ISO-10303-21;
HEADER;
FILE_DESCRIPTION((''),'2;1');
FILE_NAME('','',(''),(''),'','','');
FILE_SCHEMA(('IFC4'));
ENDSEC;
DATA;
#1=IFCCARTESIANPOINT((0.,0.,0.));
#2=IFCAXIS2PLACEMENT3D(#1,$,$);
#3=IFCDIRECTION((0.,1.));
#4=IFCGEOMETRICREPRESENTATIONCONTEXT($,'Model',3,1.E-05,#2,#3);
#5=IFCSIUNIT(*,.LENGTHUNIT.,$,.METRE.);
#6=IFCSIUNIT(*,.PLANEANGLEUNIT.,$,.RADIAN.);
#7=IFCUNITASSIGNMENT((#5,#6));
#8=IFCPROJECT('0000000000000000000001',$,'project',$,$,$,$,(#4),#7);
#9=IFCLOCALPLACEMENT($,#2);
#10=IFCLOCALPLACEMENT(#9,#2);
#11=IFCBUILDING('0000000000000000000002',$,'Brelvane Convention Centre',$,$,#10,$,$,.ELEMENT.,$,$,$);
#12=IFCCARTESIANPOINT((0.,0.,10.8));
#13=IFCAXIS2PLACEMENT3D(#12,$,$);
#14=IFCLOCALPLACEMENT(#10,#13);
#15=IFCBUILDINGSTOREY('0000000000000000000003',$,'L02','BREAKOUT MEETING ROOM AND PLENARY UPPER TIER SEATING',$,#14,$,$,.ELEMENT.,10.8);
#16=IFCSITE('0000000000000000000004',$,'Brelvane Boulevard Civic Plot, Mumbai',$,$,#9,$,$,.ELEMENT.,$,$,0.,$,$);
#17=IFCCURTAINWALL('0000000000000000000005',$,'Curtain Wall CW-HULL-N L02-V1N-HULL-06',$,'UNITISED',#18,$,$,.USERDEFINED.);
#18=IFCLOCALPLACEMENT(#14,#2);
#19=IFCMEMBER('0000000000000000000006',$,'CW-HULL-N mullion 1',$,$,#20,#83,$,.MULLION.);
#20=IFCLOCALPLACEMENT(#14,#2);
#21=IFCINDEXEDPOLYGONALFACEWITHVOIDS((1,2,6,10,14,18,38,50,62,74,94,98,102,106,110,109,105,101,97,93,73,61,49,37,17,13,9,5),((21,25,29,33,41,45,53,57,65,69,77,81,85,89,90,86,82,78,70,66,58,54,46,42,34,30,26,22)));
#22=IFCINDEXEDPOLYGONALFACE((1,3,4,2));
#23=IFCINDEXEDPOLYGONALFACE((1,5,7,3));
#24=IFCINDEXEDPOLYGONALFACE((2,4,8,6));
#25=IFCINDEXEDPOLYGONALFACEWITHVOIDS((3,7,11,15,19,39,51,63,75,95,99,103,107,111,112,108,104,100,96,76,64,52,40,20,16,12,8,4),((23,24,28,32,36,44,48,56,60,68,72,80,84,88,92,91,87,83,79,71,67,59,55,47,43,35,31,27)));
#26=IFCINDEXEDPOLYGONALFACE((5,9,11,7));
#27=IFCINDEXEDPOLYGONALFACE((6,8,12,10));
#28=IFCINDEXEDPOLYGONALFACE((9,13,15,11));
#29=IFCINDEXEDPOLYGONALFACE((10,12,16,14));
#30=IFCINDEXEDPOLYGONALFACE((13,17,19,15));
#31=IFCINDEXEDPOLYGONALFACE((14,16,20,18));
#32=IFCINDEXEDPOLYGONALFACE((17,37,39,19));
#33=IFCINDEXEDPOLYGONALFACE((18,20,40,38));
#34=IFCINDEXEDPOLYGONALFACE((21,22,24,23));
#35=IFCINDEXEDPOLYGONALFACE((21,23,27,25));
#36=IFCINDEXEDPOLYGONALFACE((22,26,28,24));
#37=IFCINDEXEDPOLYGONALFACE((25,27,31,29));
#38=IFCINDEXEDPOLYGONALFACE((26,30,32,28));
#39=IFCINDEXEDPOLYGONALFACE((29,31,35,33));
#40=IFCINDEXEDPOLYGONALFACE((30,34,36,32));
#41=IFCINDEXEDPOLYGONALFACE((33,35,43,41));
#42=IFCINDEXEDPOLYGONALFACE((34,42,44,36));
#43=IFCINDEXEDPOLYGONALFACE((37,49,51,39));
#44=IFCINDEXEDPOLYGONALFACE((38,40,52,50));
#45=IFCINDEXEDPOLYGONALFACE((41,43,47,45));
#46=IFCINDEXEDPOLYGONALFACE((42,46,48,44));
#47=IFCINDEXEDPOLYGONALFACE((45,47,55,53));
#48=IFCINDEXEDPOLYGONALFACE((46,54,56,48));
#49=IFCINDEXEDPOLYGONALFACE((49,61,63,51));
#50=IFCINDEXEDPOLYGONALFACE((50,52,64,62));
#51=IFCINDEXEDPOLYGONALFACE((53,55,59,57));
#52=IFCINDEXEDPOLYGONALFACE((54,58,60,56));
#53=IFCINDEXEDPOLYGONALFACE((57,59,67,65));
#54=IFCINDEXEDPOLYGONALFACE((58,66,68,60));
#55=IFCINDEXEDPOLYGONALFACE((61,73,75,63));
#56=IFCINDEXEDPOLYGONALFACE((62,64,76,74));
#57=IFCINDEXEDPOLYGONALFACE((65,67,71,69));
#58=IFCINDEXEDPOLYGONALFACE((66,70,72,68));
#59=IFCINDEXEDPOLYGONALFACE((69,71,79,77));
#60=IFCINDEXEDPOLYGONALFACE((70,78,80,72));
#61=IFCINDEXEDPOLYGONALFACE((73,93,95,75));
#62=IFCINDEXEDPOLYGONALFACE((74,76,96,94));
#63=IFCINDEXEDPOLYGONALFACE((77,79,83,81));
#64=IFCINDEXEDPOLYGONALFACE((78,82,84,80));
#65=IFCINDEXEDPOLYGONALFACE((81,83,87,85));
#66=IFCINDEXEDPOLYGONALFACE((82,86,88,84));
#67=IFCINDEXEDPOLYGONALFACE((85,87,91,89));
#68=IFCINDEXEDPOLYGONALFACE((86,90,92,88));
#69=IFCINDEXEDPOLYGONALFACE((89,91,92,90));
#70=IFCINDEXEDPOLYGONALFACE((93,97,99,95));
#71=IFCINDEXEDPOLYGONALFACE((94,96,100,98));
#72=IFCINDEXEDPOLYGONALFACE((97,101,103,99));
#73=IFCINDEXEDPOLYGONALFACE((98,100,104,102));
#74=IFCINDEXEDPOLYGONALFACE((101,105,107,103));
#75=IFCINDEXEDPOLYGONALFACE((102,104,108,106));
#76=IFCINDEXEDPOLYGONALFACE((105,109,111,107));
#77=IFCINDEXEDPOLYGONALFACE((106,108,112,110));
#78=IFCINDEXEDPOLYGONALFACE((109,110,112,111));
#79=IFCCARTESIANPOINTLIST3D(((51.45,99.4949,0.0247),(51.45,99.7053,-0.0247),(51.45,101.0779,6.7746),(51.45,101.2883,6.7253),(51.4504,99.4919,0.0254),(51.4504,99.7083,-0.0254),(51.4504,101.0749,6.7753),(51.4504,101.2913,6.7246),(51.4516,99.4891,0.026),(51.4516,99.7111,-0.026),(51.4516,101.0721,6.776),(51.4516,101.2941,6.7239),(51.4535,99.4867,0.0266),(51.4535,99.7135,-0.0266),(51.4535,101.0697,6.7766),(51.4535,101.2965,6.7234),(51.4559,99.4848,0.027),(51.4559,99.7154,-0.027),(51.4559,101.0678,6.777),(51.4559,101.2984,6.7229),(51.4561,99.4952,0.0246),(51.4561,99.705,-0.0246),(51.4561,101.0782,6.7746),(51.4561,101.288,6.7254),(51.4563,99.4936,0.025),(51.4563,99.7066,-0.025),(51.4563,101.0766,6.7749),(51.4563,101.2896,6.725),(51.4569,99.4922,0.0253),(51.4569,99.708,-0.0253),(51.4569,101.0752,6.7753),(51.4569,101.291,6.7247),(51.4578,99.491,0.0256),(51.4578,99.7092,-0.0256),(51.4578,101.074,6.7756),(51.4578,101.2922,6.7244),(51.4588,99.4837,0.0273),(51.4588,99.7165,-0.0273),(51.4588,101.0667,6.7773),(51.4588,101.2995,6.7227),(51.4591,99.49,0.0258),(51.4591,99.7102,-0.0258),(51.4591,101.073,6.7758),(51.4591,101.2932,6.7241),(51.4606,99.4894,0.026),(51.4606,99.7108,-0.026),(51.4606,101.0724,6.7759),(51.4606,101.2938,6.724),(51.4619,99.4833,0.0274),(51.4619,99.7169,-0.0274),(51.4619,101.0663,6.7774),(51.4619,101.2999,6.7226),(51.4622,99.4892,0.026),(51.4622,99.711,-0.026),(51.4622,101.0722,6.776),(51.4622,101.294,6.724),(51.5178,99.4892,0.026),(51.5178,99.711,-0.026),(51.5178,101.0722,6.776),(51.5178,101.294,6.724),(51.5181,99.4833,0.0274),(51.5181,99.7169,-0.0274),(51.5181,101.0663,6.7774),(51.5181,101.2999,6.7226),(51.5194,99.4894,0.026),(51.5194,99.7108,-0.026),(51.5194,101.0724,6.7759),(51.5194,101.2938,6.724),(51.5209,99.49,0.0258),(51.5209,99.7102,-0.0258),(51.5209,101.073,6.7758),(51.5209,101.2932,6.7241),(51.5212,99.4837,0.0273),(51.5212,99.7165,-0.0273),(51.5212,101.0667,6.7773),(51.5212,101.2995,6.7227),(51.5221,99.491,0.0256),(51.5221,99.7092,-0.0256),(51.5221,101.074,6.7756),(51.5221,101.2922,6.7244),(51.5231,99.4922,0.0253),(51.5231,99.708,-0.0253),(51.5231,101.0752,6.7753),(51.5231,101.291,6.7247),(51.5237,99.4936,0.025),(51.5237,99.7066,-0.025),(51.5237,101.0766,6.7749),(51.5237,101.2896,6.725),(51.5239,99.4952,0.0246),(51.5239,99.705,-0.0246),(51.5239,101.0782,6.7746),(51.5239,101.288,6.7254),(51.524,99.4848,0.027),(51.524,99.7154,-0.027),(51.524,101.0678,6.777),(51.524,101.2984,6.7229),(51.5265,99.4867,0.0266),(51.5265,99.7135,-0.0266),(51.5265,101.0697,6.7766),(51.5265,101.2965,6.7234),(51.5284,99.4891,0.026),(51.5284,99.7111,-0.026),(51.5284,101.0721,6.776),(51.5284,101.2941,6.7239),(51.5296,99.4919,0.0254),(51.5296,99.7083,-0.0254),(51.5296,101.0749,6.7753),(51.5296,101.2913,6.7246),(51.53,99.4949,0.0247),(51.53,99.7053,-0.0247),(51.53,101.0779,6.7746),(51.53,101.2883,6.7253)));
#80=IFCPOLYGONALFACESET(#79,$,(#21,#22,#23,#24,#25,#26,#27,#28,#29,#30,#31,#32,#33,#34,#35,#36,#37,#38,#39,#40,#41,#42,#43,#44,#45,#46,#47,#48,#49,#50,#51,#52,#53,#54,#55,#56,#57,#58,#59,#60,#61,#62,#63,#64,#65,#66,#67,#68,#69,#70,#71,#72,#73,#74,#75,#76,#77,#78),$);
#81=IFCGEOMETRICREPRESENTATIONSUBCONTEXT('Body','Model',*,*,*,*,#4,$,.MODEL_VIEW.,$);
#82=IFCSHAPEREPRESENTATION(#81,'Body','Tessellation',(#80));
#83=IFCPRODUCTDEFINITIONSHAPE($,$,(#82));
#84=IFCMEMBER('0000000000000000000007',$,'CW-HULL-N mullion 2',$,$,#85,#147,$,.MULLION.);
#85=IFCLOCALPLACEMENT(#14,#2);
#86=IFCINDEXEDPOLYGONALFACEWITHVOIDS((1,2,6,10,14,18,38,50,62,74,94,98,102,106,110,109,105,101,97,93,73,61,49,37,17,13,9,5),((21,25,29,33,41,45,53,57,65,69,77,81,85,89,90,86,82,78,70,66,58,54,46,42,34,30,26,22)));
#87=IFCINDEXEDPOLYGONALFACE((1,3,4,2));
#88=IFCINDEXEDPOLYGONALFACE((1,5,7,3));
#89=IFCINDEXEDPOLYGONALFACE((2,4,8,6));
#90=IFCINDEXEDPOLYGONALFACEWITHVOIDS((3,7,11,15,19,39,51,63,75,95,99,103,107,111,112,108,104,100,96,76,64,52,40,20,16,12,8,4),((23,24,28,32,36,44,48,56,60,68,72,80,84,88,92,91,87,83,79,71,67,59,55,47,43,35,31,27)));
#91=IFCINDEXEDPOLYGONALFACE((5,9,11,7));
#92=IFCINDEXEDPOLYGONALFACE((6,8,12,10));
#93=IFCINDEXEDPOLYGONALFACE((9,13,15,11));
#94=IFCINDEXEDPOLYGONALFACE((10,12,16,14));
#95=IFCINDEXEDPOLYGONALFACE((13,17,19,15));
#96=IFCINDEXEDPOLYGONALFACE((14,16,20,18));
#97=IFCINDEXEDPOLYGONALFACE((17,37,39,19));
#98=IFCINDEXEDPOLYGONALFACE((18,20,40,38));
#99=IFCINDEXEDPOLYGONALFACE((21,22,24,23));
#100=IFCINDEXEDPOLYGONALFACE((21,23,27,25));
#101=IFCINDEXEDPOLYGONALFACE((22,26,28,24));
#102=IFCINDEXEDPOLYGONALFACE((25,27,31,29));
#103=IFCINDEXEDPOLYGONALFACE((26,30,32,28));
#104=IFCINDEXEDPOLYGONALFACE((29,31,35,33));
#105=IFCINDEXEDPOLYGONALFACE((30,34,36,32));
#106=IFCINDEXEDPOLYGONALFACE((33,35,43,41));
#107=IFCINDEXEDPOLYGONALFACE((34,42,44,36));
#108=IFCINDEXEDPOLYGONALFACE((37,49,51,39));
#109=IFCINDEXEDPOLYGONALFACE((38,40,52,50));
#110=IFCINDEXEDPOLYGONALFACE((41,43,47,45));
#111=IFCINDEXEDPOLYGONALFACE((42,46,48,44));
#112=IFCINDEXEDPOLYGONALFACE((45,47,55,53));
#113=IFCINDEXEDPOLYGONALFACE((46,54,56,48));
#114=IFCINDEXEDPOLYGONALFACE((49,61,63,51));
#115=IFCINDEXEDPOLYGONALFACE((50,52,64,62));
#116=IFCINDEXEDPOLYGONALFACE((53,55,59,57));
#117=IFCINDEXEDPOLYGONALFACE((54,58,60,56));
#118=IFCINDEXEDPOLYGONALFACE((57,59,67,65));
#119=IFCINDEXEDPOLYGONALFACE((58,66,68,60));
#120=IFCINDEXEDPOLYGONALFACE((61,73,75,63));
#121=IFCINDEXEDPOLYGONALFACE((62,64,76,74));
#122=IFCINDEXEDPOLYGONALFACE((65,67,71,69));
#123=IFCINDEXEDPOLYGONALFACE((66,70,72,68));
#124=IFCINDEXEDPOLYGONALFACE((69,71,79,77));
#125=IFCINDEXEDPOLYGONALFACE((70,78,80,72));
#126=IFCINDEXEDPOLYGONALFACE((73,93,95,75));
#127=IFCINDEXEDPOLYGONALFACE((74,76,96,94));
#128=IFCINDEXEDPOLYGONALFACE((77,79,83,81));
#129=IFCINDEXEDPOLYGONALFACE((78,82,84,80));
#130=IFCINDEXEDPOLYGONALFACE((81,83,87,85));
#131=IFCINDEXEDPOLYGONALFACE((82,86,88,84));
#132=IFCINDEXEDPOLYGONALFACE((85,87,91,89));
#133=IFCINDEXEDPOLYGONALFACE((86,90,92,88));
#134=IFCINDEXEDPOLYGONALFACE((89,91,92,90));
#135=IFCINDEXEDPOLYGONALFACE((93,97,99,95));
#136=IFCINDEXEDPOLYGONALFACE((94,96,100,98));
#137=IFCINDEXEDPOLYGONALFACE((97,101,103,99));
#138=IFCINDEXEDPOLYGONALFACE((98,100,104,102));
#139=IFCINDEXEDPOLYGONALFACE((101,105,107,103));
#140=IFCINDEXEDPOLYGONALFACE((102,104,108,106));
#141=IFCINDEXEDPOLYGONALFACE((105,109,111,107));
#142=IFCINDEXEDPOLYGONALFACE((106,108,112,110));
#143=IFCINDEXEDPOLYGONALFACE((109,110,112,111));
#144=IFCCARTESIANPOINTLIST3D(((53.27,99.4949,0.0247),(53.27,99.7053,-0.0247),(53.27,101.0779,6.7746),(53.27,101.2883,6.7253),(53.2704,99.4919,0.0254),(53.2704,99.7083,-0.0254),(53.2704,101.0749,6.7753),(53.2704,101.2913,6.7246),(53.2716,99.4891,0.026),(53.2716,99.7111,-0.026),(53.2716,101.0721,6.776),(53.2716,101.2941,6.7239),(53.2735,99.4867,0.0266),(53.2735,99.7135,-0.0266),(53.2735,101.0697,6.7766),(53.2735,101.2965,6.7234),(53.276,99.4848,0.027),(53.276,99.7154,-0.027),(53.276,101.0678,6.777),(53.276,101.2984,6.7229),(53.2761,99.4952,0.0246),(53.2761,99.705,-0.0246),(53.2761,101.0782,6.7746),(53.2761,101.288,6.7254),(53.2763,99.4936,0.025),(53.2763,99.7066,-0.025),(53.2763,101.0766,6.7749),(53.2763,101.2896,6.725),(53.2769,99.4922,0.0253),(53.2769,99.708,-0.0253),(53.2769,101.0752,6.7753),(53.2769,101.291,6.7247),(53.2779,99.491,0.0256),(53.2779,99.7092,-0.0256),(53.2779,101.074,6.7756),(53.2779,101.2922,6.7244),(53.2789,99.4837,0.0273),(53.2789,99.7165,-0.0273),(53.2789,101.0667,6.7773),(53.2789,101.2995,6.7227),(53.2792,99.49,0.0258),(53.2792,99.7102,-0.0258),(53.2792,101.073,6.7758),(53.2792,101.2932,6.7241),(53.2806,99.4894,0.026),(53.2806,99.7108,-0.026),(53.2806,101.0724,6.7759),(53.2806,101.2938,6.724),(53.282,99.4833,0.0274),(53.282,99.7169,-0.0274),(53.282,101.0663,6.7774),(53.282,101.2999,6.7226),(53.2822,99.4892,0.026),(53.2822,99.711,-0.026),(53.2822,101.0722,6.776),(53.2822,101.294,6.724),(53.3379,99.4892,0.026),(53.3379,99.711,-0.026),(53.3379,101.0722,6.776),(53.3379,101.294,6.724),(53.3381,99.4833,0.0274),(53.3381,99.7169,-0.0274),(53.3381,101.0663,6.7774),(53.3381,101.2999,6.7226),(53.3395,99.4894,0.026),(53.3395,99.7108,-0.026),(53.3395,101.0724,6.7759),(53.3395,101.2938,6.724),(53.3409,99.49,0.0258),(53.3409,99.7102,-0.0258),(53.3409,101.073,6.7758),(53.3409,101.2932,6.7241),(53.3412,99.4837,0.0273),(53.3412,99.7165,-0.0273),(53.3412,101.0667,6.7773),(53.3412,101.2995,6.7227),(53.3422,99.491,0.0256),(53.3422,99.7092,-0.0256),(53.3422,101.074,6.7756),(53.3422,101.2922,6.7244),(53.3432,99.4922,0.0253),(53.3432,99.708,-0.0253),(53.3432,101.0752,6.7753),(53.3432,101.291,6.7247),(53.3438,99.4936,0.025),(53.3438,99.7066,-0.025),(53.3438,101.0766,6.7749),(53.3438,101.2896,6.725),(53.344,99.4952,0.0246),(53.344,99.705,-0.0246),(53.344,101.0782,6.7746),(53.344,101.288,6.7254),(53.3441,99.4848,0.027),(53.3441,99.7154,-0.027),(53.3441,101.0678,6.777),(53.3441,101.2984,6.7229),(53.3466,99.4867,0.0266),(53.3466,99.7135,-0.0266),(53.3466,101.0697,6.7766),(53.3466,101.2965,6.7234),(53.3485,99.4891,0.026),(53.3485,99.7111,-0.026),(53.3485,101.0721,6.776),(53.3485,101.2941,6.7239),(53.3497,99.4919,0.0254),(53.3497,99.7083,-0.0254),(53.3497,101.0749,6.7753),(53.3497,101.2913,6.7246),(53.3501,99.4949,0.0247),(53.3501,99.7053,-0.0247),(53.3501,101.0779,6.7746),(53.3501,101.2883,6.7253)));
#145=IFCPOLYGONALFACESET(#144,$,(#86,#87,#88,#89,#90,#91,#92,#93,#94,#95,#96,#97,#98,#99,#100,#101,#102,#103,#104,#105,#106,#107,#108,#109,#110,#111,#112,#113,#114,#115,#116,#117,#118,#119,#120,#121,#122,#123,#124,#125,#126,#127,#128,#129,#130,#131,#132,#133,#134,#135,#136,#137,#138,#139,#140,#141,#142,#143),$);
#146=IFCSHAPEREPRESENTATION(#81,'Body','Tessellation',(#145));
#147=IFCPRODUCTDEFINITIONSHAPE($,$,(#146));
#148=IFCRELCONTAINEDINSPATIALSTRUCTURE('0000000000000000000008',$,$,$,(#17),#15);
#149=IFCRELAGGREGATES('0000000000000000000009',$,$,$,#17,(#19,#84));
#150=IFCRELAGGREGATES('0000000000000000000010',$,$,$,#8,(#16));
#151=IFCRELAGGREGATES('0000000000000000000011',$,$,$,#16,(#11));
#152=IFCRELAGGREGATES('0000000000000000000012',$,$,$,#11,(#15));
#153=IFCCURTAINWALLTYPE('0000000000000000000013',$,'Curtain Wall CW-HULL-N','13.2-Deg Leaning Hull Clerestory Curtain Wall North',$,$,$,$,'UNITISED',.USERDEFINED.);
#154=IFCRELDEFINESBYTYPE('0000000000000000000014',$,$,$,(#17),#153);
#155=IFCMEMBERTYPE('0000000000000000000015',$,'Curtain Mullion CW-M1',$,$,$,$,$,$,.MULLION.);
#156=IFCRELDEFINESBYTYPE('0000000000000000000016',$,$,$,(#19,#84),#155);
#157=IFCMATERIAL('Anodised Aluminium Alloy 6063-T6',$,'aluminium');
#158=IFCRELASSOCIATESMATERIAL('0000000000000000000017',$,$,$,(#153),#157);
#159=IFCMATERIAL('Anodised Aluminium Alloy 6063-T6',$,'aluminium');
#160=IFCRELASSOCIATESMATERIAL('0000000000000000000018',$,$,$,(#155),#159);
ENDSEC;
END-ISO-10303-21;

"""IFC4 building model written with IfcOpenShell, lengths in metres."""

from ifc_helpers import new_model, si_unit, direction, frame, origin, origin_2d, place, context, subcontext, project, spatial, hollow_rectangle, extrude, material, material_profile, profile_set, type_object, element, aggregate, save


model = new_model("IFC4")

# Units and contexts
model_context = context("Model", 3, precision=1e-05, world=origin(), true_north=direction((0.0, 1.0)))
body_context = subcontext(model_context, "Body", "Model", "MODEL_VIEW")
ifc_project = project(units=[si_unit("LENGTHUNIT", "METRE"), si_unit("PLANEANGLEUNIT", "RADIAN")], contexts=[model_context])

# Site, building, storey
site_placement = place(None, origin())
site = spatial("IfcSite", under=ifc_project, at=site_placement, Name="Brelvane Boulevard Civic Plot, Mumbai", CompositionType="ELEMENT", RefElevation=0.0)
building_placement = place(site_placement, origin())
building = spatial("IfcBuilding", under=site, at=building_placement, Name="Brelvane Convention Centre", CompositionType="ELEMENT")
storey_placement = place(building_placement, frame((0.0, 0.0, 10.8)))
storey = spatial("IfcBuildingStorey", under=building, at=storey_placement, Name="L02", Description="BREAKOUT MEETING ROOM AND PLENARY UPPER TIER SEATING", CompositionType="ELEMENT", Elevation=10.8)

# Curtain wall, members
ifc_material_1 = material(Name="Anodised Aluminium Alloy 6063-T6", Category="aluminium")
curtain_wall_type = type_object("IfcCurtainWallType", Name="Curtain Wall CW-HULL-N", Description="13.2-Deg Leaning Hull Clerestory Curtain Wall North", ElementType="UNITISED", PredefinedType="USERDEFINED", material=ifc_material_1)
curtain_wall_placement = place(storey_placement, origin())
curtain_wall = element("IfcCurtainWall", 1, at=curtain_wall_placement, inside=storey, type_object=curtain_wall_type, Name="Curtain Wall CW-HULL-N L02-V1N-HULL-06", ObjectType="UNITISED", PredefinedType="USERDEFINED")
ifc_material_2 = material(Name="Anodised Aluminium Alloy 6063-T6", Category="aluminium")
ifc_material_profile_1 = material_profile(ifc_material_2, hollow_rectangle(XDim=0.0801, YDim=0.24, WallThickness=0.0061, InnerFilletRadius=0.0061, OuterFilletRadius=0.012, at=origin_2d()), Name="ALU-M 240x80x6.0")
ifc_profile_set_1 = profile_set([ifc_material_profile_1], Name="Anodised Aluminium Alloy 6063-T6")
member_type_1 = type_object("IfcMemberType", Name="Curtain Mullion CW-M1", PredefinedType="MULLION", material=ifc_profile_set_1)
member_1_placement = place(storey_placement, frame((51.49, 99.6001, 0.0), z_axis=(0.0, 0.228325, 0.973585), x_axis=(-1.0, 0.0, 0.0)))
member_1 = element("IfcMember", 2, at=member_1_placement, type_object=member_type_1, Name="CW-HULL-N mullion 1", PredefinedType="MULLION", context=body_context, shape_type="SweptSolid", body=[
    extrude(hollow_rectangle(XDim=0.0801, YDim=0.24, WallThickness=0.0061, InnerFilletRadius=0.0061, OuterFilletRadius=0.012, at=origin_2d()), origin(), (0.0, 0.0, 1.0), 6.9331),
])
member_2_placement = place(storey_placement, frame((53.3101, 99.6001, 0.0), z_axis=(0.0, 0.228325, 0.973585), x_axis=(-1.0, 0.0, 0.0)))
member_2 = element("IfcMember", 3, at=member_2_placement, type_object=member_type_1, Name="CW-HULL-N mullion 2", PredefinedType="MULLION", context=body_context, shape_type="SweptSolid", body=[
    extrude(hollow_rectangle(XDim=0.0801, YDim=0.24, WallThickness=0.0061, InnerFilletRadius=0.0061, OuterFilletRadius=0.012, at=origin_2d()), origin(), (0.0, 0.0, 1.0), 6.9331),
])

aggregate(curtain_wall, [member_1, member_2])

save(model, "model.ifc")
